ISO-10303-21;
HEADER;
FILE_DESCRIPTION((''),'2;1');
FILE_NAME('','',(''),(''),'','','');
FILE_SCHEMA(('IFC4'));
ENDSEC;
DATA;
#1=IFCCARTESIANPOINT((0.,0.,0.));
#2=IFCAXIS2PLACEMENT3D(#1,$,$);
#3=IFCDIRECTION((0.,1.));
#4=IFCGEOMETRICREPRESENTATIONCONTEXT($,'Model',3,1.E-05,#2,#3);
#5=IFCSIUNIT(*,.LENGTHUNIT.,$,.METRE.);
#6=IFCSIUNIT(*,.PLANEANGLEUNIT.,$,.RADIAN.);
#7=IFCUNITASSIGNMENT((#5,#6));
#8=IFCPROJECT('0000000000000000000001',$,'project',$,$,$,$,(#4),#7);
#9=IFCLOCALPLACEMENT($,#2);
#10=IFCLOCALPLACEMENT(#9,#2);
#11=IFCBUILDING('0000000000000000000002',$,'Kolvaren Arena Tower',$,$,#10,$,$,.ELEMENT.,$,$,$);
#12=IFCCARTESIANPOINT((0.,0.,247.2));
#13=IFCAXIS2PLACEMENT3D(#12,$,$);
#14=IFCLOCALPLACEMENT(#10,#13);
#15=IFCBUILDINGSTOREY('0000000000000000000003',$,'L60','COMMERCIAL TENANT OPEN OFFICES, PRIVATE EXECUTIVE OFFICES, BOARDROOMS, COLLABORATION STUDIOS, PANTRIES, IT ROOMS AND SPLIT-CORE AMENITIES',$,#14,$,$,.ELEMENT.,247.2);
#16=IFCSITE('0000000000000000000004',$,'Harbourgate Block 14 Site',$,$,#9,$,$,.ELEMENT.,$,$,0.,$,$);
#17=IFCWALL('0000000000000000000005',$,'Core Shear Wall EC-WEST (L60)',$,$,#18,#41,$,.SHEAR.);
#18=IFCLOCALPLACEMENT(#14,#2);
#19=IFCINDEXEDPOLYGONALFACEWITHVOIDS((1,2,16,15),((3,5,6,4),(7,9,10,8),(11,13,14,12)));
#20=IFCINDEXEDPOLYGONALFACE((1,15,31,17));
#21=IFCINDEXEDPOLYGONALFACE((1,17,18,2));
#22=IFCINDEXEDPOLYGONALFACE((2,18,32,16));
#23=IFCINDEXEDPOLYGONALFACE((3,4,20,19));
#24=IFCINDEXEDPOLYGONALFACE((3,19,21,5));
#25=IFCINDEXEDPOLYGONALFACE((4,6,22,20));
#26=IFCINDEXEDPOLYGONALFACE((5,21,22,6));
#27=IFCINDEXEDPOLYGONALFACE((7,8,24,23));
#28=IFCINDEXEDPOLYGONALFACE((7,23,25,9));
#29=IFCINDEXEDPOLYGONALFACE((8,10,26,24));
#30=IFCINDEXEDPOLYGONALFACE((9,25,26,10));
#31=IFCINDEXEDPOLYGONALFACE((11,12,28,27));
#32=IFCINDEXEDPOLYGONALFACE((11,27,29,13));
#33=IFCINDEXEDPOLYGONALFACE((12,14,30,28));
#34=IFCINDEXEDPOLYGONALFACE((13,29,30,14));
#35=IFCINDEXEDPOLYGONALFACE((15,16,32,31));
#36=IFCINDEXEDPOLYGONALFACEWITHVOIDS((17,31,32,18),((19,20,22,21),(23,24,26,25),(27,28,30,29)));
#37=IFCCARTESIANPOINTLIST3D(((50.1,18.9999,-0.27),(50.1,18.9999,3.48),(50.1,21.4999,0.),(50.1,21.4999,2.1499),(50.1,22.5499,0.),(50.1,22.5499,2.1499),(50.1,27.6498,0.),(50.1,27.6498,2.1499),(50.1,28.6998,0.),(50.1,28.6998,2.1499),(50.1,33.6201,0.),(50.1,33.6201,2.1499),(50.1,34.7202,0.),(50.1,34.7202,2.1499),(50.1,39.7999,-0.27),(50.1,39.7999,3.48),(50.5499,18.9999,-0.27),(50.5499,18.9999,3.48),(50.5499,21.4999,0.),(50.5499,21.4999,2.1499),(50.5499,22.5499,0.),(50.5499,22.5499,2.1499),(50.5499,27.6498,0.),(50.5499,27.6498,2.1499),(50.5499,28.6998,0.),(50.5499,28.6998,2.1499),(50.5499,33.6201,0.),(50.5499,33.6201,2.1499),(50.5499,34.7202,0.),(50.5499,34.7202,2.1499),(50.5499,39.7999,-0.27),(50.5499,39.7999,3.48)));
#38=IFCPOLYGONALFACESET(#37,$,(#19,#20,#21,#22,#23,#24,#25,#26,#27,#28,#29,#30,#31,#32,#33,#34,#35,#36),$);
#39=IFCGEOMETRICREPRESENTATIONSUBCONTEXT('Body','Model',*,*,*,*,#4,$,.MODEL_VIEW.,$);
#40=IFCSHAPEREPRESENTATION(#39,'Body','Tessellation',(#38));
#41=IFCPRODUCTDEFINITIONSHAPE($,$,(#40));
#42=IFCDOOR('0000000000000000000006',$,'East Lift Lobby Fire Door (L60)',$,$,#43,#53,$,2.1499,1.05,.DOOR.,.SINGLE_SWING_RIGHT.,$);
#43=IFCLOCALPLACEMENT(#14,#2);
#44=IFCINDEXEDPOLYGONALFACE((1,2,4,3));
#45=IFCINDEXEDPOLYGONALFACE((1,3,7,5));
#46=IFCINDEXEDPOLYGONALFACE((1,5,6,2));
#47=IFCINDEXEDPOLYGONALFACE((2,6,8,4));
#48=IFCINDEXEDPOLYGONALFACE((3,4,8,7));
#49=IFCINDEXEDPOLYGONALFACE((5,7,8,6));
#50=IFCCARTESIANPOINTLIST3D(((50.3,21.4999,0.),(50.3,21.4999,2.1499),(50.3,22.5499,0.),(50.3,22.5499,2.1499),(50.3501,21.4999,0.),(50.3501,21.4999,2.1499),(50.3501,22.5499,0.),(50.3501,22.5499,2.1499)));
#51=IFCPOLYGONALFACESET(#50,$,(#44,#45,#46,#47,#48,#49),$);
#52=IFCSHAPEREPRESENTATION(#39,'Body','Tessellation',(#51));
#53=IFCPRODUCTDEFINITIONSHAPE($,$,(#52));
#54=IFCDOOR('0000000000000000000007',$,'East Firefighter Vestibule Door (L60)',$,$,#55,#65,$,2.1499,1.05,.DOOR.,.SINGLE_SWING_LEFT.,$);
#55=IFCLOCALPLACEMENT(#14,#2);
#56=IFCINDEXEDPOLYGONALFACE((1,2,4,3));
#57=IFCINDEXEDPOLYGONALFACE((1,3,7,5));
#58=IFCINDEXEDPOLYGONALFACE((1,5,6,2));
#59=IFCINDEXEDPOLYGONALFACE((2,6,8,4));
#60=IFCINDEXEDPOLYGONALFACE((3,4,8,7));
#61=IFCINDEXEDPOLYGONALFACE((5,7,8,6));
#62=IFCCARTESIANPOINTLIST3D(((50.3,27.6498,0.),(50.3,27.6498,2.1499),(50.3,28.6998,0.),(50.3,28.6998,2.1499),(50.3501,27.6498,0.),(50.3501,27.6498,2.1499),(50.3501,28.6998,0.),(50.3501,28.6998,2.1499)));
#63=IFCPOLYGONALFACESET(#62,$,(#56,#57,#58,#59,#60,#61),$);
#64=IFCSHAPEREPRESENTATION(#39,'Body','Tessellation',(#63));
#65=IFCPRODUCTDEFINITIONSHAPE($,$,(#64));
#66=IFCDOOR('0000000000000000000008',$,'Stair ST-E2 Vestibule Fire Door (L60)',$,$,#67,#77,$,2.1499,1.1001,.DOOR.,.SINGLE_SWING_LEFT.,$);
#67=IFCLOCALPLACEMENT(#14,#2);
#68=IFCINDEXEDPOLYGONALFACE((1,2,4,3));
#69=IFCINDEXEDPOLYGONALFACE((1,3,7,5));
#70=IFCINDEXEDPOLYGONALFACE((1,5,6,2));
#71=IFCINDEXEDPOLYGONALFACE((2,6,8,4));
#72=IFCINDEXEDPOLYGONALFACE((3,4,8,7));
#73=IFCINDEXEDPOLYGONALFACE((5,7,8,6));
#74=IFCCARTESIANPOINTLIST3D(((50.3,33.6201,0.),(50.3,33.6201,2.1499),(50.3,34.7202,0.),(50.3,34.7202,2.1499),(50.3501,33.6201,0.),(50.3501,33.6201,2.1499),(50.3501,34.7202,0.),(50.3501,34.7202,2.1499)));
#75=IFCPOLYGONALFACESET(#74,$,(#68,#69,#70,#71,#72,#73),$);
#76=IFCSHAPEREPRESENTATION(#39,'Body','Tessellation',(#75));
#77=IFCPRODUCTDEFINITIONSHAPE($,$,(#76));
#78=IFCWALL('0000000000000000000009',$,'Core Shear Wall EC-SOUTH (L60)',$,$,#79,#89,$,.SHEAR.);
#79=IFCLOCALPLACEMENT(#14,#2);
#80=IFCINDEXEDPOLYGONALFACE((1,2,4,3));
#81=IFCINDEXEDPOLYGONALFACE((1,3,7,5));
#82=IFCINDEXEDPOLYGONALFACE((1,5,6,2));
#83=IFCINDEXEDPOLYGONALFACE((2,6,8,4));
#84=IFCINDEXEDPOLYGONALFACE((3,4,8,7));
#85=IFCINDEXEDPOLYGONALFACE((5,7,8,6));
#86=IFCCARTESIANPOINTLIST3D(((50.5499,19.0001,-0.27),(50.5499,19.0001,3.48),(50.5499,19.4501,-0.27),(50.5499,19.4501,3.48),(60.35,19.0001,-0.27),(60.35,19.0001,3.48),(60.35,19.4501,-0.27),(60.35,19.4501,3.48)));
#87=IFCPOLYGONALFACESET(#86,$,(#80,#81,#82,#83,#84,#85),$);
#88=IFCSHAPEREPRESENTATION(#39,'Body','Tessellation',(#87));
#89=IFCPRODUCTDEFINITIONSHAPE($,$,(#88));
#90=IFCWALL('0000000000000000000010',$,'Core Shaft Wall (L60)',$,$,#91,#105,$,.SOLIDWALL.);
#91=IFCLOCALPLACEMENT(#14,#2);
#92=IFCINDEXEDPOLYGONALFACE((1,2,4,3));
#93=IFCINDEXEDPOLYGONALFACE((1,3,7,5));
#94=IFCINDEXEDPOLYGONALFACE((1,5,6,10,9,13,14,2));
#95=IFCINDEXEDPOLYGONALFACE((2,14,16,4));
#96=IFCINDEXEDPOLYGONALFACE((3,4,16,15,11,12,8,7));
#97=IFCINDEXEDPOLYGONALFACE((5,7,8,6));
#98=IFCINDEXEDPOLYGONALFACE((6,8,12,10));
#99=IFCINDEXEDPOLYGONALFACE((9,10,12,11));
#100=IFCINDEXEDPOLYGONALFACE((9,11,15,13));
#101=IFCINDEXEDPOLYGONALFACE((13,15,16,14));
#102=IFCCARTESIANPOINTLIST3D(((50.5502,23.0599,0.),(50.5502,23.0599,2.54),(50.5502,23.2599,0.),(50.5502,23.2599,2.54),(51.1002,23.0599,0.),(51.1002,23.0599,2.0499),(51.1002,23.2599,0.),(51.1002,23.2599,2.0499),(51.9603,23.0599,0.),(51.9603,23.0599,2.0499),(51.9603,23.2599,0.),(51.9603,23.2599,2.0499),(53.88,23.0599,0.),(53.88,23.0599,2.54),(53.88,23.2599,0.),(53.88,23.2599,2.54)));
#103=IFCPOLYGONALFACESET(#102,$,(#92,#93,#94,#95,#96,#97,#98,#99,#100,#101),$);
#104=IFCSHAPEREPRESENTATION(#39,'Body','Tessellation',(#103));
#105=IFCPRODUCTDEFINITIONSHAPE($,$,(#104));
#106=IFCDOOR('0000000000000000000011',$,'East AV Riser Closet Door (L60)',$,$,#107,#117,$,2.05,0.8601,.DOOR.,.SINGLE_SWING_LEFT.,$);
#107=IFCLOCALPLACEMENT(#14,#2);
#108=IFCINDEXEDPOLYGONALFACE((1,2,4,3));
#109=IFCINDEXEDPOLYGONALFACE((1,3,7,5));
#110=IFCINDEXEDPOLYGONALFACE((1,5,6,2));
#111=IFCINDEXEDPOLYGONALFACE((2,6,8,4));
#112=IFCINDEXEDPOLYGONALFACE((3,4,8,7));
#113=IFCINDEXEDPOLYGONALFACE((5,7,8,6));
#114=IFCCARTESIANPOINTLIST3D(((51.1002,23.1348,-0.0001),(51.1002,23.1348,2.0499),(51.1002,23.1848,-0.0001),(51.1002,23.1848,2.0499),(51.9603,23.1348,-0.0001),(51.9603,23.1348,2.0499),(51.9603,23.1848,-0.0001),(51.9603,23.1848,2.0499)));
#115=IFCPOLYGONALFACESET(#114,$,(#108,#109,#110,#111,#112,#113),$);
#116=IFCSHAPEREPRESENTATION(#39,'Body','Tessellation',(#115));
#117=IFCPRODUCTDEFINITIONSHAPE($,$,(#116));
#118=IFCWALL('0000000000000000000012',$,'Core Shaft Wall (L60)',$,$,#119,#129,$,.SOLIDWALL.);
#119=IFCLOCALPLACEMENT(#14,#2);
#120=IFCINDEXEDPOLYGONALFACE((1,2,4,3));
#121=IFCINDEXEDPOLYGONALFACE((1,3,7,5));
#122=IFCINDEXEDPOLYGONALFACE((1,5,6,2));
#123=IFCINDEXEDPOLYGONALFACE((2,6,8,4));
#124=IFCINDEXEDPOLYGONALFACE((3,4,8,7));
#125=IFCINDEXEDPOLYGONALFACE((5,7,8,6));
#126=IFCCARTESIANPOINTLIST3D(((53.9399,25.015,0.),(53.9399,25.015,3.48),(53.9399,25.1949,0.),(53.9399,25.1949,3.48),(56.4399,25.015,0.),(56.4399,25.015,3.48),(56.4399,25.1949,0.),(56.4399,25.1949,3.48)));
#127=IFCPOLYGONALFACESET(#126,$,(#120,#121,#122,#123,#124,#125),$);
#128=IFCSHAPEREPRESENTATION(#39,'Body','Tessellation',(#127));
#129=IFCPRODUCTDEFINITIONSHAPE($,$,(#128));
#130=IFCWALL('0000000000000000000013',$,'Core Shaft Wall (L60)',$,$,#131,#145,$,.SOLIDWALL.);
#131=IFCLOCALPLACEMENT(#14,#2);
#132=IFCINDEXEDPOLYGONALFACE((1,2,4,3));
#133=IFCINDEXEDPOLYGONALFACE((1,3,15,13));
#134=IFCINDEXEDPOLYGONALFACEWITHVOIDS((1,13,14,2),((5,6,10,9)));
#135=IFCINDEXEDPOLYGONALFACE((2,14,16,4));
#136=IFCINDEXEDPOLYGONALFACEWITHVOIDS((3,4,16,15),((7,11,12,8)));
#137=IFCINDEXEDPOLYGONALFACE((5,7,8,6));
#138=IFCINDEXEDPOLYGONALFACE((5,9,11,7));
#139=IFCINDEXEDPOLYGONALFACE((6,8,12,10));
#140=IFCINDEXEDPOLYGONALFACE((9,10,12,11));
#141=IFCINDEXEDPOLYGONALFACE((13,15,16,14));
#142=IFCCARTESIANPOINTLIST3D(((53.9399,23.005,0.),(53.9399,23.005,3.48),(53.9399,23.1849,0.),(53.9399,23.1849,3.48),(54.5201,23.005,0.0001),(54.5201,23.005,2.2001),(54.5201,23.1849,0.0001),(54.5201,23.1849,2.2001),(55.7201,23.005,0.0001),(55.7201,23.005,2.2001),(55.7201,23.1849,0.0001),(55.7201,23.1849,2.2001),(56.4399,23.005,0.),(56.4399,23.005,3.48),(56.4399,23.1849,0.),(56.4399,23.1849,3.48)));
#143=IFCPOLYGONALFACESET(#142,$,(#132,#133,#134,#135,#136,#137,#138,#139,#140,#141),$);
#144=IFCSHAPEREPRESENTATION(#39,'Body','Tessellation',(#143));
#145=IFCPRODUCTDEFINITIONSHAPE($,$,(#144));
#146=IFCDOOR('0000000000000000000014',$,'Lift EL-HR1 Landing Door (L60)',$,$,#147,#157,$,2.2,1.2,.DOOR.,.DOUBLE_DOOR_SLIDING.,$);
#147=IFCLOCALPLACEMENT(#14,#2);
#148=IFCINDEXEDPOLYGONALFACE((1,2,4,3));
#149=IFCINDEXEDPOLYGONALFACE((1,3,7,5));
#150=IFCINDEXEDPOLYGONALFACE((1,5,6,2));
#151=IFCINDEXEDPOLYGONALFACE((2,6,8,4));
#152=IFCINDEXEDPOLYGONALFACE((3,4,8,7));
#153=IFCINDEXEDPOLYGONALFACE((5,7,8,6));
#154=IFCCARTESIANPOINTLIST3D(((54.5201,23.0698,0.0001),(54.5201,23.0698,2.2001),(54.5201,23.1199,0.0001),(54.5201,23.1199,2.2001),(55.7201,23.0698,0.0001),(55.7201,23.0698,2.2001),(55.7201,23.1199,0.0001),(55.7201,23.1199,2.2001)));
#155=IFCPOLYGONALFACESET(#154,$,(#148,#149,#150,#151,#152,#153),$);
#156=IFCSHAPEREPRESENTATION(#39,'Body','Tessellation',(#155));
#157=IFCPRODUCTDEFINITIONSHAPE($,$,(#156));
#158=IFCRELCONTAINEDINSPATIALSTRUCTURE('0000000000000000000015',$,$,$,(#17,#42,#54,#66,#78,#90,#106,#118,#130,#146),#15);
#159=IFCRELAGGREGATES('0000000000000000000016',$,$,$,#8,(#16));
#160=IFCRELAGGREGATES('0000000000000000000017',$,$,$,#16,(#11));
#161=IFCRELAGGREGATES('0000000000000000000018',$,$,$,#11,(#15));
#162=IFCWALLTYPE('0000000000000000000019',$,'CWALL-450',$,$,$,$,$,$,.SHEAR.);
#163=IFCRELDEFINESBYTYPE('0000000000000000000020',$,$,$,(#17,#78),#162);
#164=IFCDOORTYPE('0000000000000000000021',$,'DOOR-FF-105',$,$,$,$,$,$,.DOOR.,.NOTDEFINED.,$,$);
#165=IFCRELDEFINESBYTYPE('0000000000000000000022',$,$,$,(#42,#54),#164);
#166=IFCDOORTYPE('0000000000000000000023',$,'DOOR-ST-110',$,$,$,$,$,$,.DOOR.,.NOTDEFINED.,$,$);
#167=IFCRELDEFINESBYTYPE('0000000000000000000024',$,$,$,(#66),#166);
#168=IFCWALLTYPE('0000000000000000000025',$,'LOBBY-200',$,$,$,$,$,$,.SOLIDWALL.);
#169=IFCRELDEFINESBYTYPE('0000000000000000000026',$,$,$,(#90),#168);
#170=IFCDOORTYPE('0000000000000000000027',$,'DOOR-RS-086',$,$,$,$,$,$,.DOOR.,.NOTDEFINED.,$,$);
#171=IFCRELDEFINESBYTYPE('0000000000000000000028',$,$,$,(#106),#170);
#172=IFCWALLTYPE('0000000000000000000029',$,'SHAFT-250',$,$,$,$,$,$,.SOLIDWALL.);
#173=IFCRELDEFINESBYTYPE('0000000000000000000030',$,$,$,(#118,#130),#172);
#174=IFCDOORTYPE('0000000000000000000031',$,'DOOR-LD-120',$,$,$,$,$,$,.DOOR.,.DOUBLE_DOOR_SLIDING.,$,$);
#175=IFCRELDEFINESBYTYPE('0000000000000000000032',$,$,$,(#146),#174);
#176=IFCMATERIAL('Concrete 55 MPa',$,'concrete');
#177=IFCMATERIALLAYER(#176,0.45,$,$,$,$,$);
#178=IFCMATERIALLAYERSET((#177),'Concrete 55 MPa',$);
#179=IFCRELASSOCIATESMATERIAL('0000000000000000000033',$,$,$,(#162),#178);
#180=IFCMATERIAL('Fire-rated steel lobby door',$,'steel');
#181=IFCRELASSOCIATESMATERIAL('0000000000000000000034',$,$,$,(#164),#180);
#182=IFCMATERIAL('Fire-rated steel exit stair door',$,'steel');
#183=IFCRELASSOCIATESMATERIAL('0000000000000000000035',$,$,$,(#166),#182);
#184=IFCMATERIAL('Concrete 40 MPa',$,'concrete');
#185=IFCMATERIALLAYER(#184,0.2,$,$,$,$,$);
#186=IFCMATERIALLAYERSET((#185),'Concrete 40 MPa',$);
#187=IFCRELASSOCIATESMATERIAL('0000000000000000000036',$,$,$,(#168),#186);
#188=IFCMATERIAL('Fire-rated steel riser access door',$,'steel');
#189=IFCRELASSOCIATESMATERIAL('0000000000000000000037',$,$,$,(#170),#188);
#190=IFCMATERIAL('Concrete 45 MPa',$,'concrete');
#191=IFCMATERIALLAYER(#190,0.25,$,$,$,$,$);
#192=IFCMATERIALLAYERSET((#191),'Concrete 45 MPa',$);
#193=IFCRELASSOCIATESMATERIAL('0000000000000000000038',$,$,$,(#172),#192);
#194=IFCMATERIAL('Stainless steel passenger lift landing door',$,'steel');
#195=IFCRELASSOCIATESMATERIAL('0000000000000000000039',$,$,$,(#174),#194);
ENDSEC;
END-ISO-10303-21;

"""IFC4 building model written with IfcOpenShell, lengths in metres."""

from ifc_helpers import new_model, si_unit, direction, frame, frame_2d, origin, place, context, subcontext, project, spatial, rectangle, extrude, material, layer, layer_set, type_object, element, fill, save


model = new_model("IFC4")

# Units and contexts
model_context = context("Model", 3, precision=1e-05, world=origin(), true_north=direction((0.0, 1.0)))
body_context = subcontext(model_context, "Body", "Model", "MODEL_VIEW")
ifc_project = project(units=[si_unit("LENGTHUNIT", "METRE"), si_unit("PLANEANGLEUNIT", "RADIAN")], contexts=[model_context])

# Site, building, storey
site_placement = place(None, origin())
site = spatial("IfcSite", under=ifc_project, at=site_placement, Name="Harbourgate Block 14 Site", CompositionType="ELEMENT", RefElevation=0.0)
building_placement = place(site_placement, origin())
building = spatial("IfcBuilding", under=site, at=building_placement, Name="Kolvaren Arena Tower", CompositionType="ELEMENT")
storey_placement = place(building_placement, frame((0.0, 0.0, 247.2)))
storey = spatial("IfcBuildingStorey", under=building, at=storey_placement, Name="L60", Description="COMMERCIAL TENANT OPEN OFFICES, PRIVATE EXECUTIVE OFFICES, BOARDROOMS, COLLABORATION STUDIOS, PANTRIES, IT ROOMS AND SPLIT-CORE AMENITIES", CompositionType="ELEMENT", Elevation=247.2)

# Wall, openings, doors
ifc_material_1 = material(Name="Concrete 55 MPa", Category="concrete")
ifc_layer_1 = layer(ifc_material_1, 0.45)
ifc_layer_set_1 = layer_set([ifc_layer_1], Name="Concrete 55 MPa")
wall_type_1 = type_object("IfcWallType", Name="CWALL-450", PredefinedType="SHEAR", material=ifc_layer_set_1)
wall_1_placement = place(storey_placement, frame((50.325, 19.0, -0.27), z_axis=(0.0, 0.0, 1.0), x_axis=(0.0, 1.0, 0.0)))
wall_1 = element("IfcWall", 1, at=wall_1_placement, inside=storey, type_object=wall_type_1, Name="Core Shear Wall EC-WEST (L60)", PredefinedType="SHEAR", context=body_context, shape_type="SweptSolid", body=[
    extrude(rectangle(XDim=20.8, YDim=0.45, at=frame_2d((10.3999, 0.0))), origin(), (0.0, 0.0, 1.0), 3.75),
])
opening_1_placement = place(wall_1_placement, frame((2.5, 0.0, 0.27)))
opening_1 = element("IfcOpeningElement", 2, at=opening_1_placement, cuts=wall_1, PredefinedType="OPENING", context=body_context, shape_type="SweptSolid", body=[
    extrude(rectangle(XDim=1.05, YDim=2.1499, at=frame_2d((0.5249, 1.075))), frame((0.0, 0.2349, 0.0), z_axis=(0.0, -1.0, 0.0), x_axis=(1.0, 0.0, 0.0)), (0.0, 0.0, 1.0), 0.47),
])
opening_2_placement = place(wall_1_placement, frame((8.6499, 0.0, 0.27)))
opening_2 = element("IfcOpeningElement", 3, at=opening_2_placement, cuts=wall_1, PredefinedType="OPENING", context=body_context, shape_type="SweptSolid", body=[
    extrude(rectangle(XDim=1.05, YDim=2.1499, at=frame_2d((0.5249, 1.075))), frame((0.0, 0.2349, 0.0), z_axis=(0.0, -1.0, 0.0), x_axis=(1.0, 0.0, 0.0)), (0.0, 0.0, 1.0), 0.47),
])
opening_3_placement = place(wall_1_placement, frame((14.6201, 0.0, 0.27)))
opening_3 = element("IfcOpeningElement", 4, at=opening_3_placement, cuts=wall_1, PredefinedType="OPENING", context=body_context, shape_type="SweptSolid", body=[
    extrude(rectangle(XDim=1.1001, YDim=2.1499, at=frame_2d((0.55, 1.075))), frame((0.0, 0.2349, 0.0), z_axis=(0.0, -1.0, 0.0), x_axis=(1.0, 0.0, 0.0)), (0.0, 0.0, 1.0), 0.47),
])
ifc_material_2 = material(Name="Fire-rated steel lobby door", Category="steel")
door_type_1 = type_object("IfcDoorType", Name="DOOR-FF-105", OperationType="NOTDEFINED", PredefinedType="DOOR", material=ifc_material_2)
door_1_placement = place(opening_1_placement, origin())
door_1 = element("IfcDoor", 5, at=door_1_placement, inside=storey, type_object=door_type_1, Name="East Lift Lobby Fire Door (L60)", OperationType="SINGLE_SWING_RIGHT", OverallHeight=2.1499, OverallWidth=1.05, PredefinedType="DOOR", context=body_context, shape_type="SweptSolid", body=[
    extrude(rectangle(XDim=1.05, YDim=2.1499, at=frame_2d((0.5249, 1.075))), frame((0.0, 0.0249, 0.0), z_axis=(0.0, -1.0, 0.0), x_axis=(1.0, 0.0, 0.0)), (0.0, 0.0, 1.0), 0.05),
])
fill(opening_1, door_1)
door_2_placement = place(opening_2_placement, origin())
door_2 = element("IfcDoor", 6, at=door_2_placement, inside=storey, type_object=door_type_1, Name="East Firefighter Vestibule Door (L60)", OperationType="SINGLE_SWING_LEFT", OverallHeight=2.1499, OverallWidth=1.05, PredefinedType="DOOR", context=body_context, shape_type="SweptSolid", body=[
    extrude(rectangle(XDim=1.05, YDim=2.1499, at=frame_2d((0.5249, 1.075))), frame((0.0, 0.0249, 0.0), z_axis=(0.0, -1.0, 0.0), x_axis=(1.0, 0.0, 0.0)), (0.0, 0.0, 1.0), 0.05),
])
fill(opening_2, door_2)
ifc_material_3 = material(Name="Fire-rated steel exit stair door", Category="steel")
door_type_2 = type_object("IfcDoorType", Name="DOOR-ST-110", OperationType="NOTDEFINED", PredefinedType="DOOR", material=ifc_material_3)
door_3_placement = place(opening_3_placement, origin())
door_3 = element("IfcDoor", 7, at=door_3_placement, inside=storey, type_object=door_type_2, Name="Stair ST-E2 Vestibule Fire Door (L60)", OperationType="SINGLE_SWING_LEFT", OverallHeight=2.1499, OverallWidth=1.1001, PredefinedType="DOOR", context=body_context, shape_type="SweptSolid", body=[
    extrude(rectangle(XDim=1.1001, YDim=2.1499, at=frame_2d((0.55, 1.075))), frame((0.0, 0.0249, 0.0), z_axis=(0.0, -1.0, 0.0), x_axis=(1.0, 0.0, 0.0)), (0.0, 0.0, 1.0), 0.05),
])
fill(opening_3, door_3)

# Wall
wall_2_placement = place(storey_placement, frame((50.55, 19.2251, -0.27), z_axis=(0.0, 0.0, 1.0), x_axis=(1.0, 0.0, 0.0)))
element("IfcWall", 8, at=wall_2_placement, inside=storey, type_object=wall_type_1, Name="Core Shear Wall EC-SOUTH (L60)", PredefinedType="SHEAR", context=body_context, shape_type="SweptSolid", body=[
    extrude(rectangle(XDim=9.8, YDim=0.45, at=frame_2d((4.8999, 0.0))), origin(), (0.0, 0.0, 1.0), 3.75),
])

# Shared definitions
ifc_material_4 = material(Name="Concrete 40 MPa", Category="concrete")
ifc_layer_2 = layer(ifc_material_4, 0.2)
ifc_layer_set_2 = layer_set([ifc_layer_2], Name="Concrete 40 MPa")
wall_type_2 = type_object("IfcWallType", Name="LOBBY-200", PredefinedType="SOLIDWALL", material=ifc_layer_set_2)

# Wall, opening, door
wall_3_placement = place(storey_placement, frame((50.55, 23.1599, 0.0), z_axis=(0.0, 0.0, 1.0), x_axis=(1.0, 0.0, 0.0)))
wall_3 = element("IfcWall", 9, at=wall_3_placement, inside=storey, type_object=wall_type_2, Name="Core Shaft Wall (L60)", PredefinedType="SOLIDWALL", context=body_context, shape_type="SweptSolid", body=[
    extrude(rectangle(XDim=3.3298, YDim=0.2, at=frame_2d((1.665, 0.0))), origin(), (0.0, 0.0, 1.0), 2.54),
])
opening_4_placement = place(wall_3_placement, frame((0.55, 0.0, 0.0)))
opening_4 = element("IfcOpeningElement", 10, at=opening_4_placement, cuts=wall_3, PredefinedType="OPENING", context=body_context, shape_type="SweptSolid", body=[
    extrude(rectangle(XDim=0.8601, YDim=2.05, at=frame_2d((0.4302, 1.0249))), frame((0.0, 0.1099, 0.0), z_axis=(0.0, -1.0, 0.0), x_axis=(1.0, 0.0, 0.0)), (0.0, 0.0, 1.0), 0.22),
])
ifc_material_5 = material(Name="Fire-rated steel riser access door", Category="steel")
door_type_3 = type_object("IfcDoorType", Name="DOOR-RS-086", OperationType="NOTDEFINED", PredefinedType="DOOR", material=ifc_material_5)
door_4_placement = place(opening_4_placement, origin())
door_4 = element("IfcDoor", 11, at=door_4_placement, inside=storey, type_object=door_type_3, Name="East AV Riser Closet Door (L60)", OperationType="SINGLE_SWING_LEFT", OverallHeight=2.05, OverallWidth=0.8601, PredefinedType="DOOR", context=body_context, shape_type="SweptSolid", body=[
    extrude(rectangle(XDim=0.8601, YDim=2.05, at=frame_2d((0.4302, 1.0249))), frame((0.0, 0.0249, 0.0), z_axis=(0.0, -1.0, 0.0), x_axis=(1.0, 0.0, 0.0)), (0.0, 0.0, 1.0), 0.05),
])
fill(opening_4, door_4)

# Wall
ifc_material_6 = material(Name="Concrete 45 MPa", Category="concrete")
ifc_layer_3 = layer(ifc_material_6, 0.25)
ifc_layer_set_3 = layer_set([ifc_layer_3], Name="Concrete 45 MPa")
wall_type_3 = type_object("IfcWallType", Name="SHAFT-250", PredefinedType="SOLIDWALL", material=ifc_layer_set_3)
wall_4_placement = place(storey_placement, frame((53.9399, 25.105, 0.0), z_axis=(0.0, 0.0, 1.0), x_axis=(1.0, 0.0, 0.0)))
element("IfcWall", 12, at=wall_4_placement, inside=storey, type_object=wall_type_3, Name="Core Shaft Wall (L60)", PredefinedType="SOLIDWALL", context=body_context, shape_type="SweptSolid", body=[
    extrude(rectangle(XDim=2.5, YDim=0.1799, at=frame_2d((1.25, 0.0))), origin(), (0.0, 0.0, 1.0), 3.48),
])

# Wall, opening, door
wall_5_placement = place(storey_placement, frame((53.9399, 23.095, 0.0), z_axis=(0.0, 0.0, 1.0), x_axis=(1.0, 0.0, 0.0)))
wall_5 = element("IfcWall", 13, at=wall_5_placement, inside=storey, type_object=wall_type_3, Name="Core Shaft Wall (L60)", PredefinedType="SOLIDWALL", context=body_context, shape_type="SweptSolid", body=[
    extrude(rectangle(XDim=2.5, YDim=0.1799, at=frame_2d((1.25, 0.0))), origin(), (0.0, 0.0, 1.0), 3.48),
])
opening_5_placement = place(wall_5_placement, frame((0.5801, 0.0, 0.0)))
opening_5 = element("IfcOpeningElement", 14, at=opening_5_placement, cuts=wall_5, PredefinedType="OPENING", context=body_context, shape_type="SweptSolid", body=[
    extrude(rectangle(XDim=1.2, YDim=2.2, at=frame_2d((0.6001, 1.1001))), frame((0.0, 0.0999, 0.0), z_axis=(0.0, -1.0, 0.0), x_axis=(1.0, 0.0, 0.0)), (0.0, 0.0, 1.0), 0.2),
])
ifc_material_7 = material(Name="Stainless steel passenger lift landing door", Category="steel")
door_type_4 = type_object("IfcDoorType", Name="DOOR-LD-120", OperationType="DOUBLE_DOOR_SLIDING", PredefinedType="DOOR", material=ifc_material_7)
door_5_placement = place(opening_5_placement, origin())
door_5 = element("IfcDoor", 15, at=door_5_placement, inside=storey, type_object=door_type_4, Name="Lift EL-HR1 Landing Door (L60)", OperationType="DOUBLE_DOOR_SLIDING", OverallHeight=2.2, OverallWidth=1.2, PredefinedType="DOOR", context=body_context, shape_type="SweptSolid", body=[
    extrude(rectangle(XDim=1.2, YDim=2.2, at=frame_2d((0.6001, 1.1001))), frame((0.0, 0.0249, 0.0), z_axis=(0.0, -1.0, 0.0), x_axis=(1.0, 0.0, 0.0)), (0.0, 0.0, 1.0), 0.05),
])
fill(opening_5, door_5)

save(model, "model.ifc")
